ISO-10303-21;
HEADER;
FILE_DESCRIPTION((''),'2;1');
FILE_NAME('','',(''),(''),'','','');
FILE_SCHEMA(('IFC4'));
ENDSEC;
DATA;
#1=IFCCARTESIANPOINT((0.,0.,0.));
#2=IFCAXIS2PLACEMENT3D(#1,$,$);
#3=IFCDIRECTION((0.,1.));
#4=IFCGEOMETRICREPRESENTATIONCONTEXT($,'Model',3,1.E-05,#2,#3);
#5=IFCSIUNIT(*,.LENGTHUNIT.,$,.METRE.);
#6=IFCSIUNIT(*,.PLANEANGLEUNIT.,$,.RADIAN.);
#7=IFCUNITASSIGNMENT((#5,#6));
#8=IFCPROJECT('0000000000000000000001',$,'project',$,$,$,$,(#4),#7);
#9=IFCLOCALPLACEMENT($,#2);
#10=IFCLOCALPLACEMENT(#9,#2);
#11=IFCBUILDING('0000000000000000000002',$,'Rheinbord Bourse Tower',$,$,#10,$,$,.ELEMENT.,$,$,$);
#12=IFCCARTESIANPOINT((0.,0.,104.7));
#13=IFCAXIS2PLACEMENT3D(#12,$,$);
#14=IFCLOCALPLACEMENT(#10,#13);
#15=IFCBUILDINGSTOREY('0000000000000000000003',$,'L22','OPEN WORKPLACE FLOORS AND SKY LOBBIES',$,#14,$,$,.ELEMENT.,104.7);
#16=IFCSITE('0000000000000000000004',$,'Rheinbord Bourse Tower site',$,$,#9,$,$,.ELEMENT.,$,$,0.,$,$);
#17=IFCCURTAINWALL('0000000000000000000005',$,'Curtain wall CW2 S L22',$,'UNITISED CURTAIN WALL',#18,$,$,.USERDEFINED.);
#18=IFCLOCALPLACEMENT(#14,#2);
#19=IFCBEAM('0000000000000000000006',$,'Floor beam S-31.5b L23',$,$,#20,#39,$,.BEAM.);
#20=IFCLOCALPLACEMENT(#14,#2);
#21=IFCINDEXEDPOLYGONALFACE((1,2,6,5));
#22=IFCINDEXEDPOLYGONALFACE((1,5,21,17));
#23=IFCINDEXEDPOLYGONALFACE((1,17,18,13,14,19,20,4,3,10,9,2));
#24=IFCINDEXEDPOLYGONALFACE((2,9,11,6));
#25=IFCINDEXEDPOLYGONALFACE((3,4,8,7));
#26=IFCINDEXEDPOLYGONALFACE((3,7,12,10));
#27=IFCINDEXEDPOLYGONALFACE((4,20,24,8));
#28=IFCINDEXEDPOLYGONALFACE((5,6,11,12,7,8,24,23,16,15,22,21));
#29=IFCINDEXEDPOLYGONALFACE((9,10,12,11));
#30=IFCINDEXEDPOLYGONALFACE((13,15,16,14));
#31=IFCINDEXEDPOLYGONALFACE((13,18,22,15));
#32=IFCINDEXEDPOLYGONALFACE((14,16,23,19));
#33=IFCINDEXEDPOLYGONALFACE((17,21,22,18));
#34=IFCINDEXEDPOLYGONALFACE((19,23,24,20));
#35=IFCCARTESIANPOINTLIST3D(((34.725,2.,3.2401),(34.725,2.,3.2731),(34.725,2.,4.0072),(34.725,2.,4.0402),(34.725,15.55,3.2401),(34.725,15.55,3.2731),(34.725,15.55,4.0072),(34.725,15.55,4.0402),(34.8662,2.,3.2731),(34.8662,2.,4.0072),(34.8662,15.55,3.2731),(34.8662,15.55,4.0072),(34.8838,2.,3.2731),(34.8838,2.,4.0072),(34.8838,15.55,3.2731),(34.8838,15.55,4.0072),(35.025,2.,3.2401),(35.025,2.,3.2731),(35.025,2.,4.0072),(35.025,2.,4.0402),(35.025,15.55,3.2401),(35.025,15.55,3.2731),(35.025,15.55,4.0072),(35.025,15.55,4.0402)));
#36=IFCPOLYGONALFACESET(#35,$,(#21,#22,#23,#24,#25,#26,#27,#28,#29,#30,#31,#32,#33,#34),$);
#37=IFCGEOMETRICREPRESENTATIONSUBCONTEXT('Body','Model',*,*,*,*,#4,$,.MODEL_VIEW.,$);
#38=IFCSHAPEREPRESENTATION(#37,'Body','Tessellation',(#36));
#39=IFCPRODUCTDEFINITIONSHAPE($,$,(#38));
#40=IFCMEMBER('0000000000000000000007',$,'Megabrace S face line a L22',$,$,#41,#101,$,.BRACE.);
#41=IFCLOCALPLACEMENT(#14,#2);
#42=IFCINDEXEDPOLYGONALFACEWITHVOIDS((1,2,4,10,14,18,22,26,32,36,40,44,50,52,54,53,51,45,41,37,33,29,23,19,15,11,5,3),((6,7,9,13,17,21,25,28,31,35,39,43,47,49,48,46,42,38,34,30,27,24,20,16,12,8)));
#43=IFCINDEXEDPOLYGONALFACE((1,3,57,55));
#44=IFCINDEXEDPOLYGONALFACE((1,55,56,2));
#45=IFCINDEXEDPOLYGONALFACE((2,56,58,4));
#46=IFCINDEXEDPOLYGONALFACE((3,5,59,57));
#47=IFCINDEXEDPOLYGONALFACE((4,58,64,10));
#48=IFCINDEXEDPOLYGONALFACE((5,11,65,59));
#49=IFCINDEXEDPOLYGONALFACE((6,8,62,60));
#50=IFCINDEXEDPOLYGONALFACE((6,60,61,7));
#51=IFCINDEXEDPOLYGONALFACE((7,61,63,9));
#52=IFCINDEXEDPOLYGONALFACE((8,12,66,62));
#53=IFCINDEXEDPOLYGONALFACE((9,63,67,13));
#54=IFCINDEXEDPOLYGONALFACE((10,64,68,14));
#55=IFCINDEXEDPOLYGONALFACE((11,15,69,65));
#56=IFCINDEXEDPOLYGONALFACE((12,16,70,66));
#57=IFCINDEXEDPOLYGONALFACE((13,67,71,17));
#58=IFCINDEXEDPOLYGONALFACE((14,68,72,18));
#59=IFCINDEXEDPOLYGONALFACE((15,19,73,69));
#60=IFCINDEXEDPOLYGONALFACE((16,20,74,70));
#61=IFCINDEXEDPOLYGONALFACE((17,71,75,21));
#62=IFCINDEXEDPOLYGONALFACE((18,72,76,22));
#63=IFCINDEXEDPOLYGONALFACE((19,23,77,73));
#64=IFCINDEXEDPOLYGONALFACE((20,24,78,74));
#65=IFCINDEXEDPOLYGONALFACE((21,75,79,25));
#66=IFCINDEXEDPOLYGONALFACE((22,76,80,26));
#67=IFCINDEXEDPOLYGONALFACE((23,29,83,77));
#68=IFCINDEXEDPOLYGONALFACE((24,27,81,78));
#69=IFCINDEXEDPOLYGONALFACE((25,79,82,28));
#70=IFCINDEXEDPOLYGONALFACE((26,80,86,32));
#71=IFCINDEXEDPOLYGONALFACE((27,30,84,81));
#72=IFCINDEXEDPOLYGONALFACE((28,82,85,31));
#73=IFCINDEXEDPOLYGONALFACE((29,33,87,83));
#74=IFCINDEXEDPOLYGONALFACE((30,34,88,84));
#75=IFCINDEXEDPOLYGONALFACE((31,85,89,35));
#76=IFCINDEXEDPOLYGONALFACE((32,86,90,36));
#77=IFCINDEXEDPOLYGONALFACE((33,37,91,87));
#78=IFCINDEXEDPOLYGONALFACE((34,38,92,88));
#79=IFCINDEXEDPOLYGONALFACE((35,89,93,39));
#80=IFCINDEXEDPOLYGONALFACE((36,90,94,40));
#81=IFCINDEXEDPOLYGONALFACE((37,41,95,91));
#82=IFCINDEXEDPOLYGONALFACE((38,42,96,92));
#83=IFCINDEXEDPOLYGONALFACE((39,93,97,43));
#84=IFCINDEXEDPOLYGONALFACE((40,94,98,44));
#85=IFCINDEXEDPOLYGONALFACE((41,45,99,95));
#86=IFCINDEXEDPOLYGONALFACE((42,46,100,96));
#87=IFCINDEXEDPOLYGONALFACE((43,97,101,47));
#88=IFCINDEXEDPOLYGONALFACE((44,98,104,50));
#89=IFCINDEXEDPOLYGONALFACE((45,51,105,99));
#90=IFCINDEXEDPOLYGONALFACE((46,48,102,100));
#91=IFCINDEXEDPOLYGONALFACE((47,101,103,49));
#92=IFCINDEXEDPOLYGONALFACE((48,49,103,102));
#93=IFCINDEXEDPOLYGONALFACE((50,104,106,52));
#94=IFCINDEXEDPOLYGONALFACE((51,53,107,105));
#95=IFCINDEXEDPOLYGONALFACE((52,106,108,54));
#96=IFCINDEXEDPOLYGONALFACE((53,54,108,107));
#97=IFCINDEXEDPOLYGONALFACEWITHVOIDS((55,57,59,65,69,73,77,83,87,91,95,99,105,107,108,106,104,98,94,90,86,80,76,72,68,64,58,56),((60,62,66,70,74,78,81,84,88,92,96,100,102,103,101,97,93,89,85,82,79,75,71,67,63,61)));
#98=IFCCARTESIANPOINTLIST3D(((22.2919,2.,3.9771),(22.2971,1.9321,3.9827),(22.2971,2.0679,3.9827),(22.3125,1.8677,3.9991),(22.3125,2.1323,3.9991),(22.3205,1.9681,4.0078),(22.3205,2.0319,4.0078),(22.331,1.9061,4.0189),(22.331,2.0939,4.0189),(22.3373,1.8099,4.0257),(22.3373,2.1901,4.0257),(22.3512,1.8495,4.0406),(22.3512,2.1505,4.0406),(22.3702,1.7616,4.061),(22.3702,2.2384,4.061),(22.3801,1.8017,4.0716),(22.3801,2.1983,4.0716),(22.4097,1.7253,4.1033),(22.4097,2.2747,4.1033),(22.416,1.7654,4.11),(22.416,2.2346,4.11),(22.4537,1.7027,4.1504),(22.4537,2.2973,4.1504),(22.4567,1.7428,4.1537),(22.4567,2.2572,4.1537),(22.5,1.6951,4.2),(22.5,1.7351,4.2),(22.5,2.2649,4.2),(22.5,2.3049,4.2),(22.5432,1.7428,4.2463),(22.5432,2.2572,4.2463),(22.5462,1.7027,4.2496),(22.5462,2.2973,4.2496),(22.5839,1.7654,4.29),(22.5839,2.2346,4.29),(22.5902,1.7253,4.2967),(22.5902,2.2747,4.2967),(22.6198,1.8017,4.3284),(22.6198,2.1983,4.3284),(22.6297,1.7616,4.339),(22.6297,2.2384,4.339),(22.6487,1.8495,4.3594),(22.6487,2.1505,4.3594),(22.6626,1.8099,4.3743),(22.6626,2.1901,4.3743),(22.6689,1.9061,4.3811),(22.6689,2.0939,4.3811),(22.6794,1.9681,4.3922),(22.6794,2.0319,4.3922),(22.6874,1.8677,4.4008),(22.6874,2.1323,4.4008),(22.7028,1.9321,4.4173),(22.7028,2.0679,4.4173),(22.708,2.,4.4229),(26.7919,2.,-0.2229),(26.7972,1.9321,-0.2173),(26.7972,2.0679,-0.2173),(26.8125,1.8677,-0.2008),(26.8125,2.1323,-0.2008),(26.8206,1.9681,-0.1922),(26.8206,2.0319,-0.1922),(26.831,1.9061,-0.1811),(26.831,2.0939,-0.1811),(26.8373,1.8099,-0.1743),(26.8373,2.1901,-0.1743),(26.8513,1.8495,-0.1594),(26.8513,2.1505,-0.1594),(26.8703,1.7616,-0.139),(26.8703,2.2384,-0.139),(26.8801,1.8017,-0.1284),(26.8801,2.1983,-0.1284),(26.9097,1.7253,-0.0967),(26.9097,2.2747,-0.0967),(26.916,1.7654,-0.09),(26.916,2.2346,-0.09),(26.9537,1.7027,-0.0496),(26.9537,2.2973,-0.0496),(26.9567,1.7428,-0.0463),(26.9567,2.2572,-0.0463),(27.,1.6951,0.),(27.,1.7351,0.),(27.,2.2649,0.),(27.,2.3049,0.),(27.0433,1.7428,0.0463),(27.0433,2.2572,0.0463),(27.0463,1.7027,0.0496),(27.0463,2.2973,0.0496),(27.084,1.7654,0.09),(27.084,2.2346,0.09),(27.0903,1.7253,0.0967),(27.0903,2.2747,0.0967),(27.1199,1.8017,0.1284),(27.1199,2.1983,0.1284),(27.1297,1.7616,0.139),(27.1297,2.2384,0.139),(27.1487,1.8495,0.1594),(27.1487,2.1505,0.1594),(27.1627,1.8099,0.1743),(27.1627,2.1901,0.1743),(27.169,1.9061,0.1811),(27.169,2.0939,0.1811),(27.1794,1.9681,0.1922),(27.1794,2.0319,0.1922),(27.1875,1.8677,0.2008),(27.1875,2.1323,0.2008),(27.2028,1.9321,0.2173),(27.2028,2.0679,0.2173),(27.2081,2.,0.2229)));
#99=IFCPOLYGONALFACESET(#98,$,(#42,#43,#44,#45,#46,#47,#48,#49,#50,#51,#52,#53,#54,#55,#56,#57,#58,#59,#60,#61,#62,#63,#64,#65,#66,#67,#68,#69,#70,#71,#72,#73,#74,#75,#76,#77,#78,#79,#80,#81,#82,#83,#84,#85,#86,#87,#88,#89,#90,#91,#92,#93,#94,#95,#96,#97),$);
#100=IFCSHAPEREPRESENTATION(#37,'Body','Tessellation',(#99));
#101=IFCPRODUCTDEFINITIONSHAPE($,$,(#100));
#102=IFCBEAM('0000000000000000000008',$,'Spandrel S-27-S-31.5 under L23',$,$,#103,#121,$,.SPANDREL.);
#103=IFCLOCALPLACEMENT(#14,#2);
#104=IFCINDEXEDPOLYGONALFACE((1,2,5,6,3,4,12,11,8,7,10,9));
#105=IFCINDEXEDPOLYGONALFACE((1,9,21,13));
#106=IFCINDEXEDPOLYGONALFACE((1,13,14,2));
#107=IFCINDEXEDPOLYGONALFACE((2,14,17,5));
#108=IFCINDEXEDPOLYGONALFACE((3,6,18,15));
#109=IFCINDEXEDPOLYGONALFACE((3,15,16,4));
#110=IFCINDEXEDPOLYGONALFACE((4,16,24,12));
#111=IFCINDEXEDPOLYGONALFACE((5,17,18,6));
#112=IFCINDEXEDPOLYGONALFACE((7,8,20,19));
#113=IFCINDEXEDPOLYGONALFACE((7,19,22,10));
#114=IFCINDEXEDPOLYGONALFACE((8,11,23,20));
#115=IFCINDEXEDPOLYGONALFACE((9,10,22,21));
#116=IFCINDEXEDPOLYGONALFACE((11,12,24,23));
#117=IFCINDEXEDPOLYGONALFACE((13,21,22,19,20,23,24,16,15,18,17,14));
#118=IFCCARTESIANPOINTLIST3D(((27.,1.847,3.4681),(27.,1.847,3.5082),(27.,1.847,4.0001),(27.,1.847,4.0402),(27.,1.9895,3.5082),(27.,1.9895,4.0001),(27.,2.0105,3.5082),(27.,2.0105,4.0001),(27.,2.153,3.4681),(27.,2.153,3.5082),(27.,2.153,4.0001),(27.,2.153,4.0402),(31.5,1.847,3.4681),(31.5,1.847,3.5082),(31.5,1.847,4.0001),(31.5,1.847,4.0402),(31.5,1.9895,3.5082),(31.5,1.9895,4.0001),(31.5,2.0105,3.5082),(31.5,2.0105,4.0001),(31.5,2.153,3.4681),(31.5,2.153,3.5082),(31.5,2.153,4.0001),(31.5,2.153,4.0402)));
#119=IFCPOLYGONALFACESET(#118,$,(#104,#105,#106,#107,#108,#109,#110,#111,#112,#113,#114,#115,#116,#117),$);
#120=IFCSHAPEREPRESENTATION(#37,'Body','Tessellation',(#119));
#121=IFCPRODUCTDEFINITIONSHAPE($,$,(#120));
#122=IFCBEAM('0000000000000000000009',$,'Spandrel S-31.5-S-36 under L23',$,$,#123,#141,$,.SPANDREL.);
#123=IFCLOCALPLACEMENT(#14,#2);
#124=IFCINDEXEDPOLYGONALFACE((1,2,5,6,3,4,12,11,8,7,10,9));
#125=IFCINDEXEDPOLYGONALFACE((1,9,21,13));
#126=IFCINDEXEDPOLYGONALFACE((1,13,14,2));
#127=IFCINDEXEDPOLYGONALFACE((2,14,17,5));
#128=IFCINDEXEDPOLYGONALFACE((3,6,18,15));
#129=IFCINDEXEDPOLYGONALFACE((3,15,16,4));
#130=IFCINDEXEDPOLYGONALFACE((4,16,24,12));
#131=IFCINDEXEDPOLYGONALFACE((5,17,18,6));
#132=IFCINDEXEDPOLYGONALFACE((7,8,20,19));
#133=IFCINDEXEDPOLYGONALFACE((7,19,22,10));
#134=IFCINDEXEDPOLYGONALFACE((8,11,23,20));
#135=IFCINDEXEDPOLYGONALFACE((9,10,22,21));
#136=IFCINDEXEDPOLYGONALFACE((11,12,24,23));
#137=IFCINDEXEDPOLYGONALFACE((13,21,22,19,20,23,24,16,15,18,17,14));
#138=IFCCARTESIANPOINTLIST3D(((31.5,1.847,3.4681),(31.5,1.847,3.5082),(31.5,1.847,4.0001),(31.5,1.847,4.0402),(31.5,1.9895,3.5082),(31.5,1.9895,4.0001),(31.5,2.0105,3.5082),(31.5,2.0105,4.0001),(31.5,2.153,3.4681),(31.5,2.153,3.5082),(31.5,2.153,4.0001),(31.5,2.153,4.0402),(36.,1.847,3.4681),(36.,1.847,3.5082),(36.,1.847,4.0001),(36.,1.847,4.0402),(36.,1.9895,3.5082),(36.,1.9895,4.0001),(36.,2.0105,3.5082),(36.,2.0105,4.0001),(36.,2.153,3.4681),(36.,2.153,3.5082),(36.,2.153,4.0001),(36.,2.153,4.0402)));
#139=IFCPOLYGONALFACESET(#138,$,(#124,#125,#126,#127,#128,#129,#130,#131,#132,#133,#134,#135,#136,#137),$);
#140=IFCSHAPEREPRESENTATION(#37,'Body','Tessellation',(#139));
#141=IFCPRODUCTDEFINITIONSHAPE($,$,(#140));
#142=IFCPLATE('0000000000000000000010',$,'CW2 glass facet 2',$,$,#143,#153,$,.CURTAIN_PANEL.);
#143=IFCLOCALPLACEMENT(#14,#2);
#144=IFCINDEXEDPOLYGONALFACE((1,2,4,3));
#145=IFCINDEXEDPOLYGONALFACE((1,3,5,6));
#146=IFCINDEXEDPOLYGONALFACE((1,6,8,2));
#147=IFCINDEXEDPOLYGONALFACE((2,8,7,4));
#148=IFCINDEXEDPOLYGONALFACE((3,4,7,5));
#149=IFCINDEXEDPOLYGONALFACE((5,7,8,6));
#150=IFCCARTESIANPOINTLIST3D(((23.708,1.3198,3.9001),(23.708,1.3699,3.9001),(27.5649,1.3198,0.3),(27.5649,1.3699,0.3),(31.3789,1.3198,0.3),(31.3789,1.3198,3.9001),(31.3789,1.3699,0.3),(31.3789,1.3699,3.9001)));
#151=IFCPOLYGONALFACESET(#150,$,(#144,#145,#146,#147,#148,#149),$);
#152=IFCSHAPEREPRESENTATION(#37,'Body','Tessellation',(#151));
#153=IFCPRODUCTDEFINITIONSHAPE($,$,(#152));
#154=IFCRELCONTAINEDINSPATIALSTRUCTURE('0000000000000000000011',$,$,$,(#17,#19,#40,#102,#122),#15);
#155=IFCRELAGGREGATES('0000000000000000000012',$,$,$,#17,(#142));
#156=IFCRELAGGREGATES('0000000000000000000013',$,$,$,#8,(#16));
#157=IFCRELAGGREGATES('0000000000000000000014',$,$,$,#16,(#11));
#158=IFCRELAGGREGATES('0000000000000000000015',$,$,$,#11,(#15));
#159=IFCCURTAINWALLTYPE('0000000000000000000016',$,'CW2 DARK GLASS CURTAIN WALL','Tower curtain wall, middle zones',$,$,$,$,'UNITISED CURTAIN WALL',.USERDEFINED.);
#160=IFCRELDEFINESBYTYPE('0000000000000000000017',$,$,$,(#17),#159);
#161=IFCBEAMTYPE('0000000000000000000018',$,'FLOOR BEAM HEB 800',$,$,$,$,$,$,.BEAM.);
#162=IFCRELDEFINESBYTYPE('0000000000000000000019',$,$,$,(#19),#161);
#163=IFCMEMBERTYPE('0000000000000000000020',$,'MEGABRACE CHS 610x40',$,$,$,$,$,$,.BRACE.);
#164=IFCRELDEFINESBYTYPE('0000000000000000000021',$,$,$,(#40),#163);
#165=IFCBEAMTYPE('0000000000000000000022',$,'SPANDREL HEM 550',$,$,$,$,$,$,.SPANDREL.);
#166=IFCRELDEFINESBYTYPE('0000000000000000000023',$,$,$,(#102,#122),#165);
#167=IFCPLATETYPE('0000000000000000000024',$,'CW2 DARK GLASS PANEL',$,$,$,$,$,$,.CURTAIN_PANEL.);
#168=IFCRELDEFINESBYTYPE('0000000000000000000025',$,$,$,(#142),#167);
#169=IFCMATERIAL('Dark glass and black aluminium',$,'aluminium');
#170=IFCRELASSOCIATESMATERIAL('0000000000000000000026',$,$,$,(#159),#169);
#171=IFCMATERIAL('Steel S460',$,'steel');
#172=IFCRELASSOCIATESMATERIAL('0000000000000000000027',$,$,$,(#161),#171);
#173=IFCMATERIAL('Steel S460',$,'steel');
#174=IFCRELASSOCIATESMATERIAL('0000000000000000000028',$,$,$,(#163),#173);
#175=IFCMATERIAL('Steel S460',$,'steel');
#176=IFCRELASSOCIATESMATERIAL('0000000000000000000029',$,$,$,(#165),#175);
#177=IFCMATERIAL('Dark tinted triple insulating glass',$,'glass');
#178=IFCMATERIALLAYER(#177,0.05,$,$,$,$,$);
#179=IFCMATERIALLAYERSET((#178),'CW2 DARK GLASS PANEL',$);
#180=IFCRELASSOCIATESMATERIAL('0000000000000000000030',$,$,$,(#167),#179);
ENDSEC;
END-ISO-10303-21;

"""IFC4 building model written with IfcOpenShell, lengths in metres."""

from ifc_helpers import new_model, si_unit, direction, frame, origin, origin_2d, place, context, subcontext, project, spatial, polyline, hollow_circle, i_section, outline, extrude, material, layer, layer_set, material_profile, profile_set, type_object, element, aggregate, save


model = new_model("IFC4")

# Units and contexts
model_context = context("Model", 3, precision=1e-05, world=origin(), true_north=direction((0.0, 1.0)))
body_context = subcontext(model_context, "Body", "Model", "MODEL_VIEW")
ifc_project = project(units=[si_unit("LENGTHUNIT", "METRE"), si_unit("PLANEANGLEUNIT", "RADIAN")], contexts=[model_context])

# Site, building, storey
site_placement = place(None, origin())
site = spatial("IfcSite", under=ifc_project, at=site_placement, Name="Rheinbord Bourse Tower site", CompositionType="ELEMENT", RefElevation=0.0)
building_placement = place(site_placement, origin())
building = spatial("IfcBuilding", under=site, at=building_placement, Name="Rheinbord Bourse Tower", CompositionType="ELEMENT")
storey_placement = place(building_placement, frame((0.0, 0.0, 104.7)))
storey = spatial("IfcBuildingStorey", under=building, at=storey_placement, Name="L22", Description="OPEN WORKPLACE FLOORS AND SKY LOBBIES", CompositionType="ELEMENT", Elevation=104.7)

# Curtain wall
ifc_material_1 = material(Name="Dark glass and black aluminium", Category="aluminium")
curtain_wall_type = type_object("IfcCurtainWallType", Name="CW2 DARK GLASS CURTAIN WALL", Description="Tower curtain wall, middle zones", ElementType="UNITISED CURTAIN WALL", PredefinedType="USERDEFINED", material=ifc_material_1)
curtain_wall_placement = place(storey_placement, origin())
curtain_wall = element("IfcCurtainWall", 1, at=curtain_wall_placement, inside=storey, type_object=curtain_wall_type, Name="Curtain wall CW2 S L22", ObjectType="UNITISED CURTAIN WALL", PredefinedType="USERDEFINED")

# Beam
ifc_material_2 = material(Name="Steel S460", Category="steel")
ifc_material_profile_1 = material_profile(ifc_material_2, i_section(OverallWidth=0.3, OverallDepth=0.8, WebThickness=0.0176, FlangeThickness=0.033, at=origin_2d()), Name="HEB 800")
ifc_profile_set_1 = profile_set([ifc_material_profile_1], Name="Steel S460")
beam_type_1 = type_object("IfcBeamType", Name="FLOOR BEAM HEB 800", PredefinedType="BEAM", material=ifc_profile_set_1)
for number, where, z_axis, x_axis, name in (
    (2, (34.875, 2.0, 3.6401), (0.0, 1.0, 0.0), (-1.0, 0.0, 0.0), "Floor beam S-31.5b L23"),
):
    element("IfcBeam", number, at=place(storey_placement, frame(where, z_axis=z_axis, x_axis=x_axis)), inside=storey, type_object=beam_type_1, Name=name, PredefinedType="BEAM", context=body_context, shape_type="SweptSolid", body=[
        extrude(i_section(OverallWidth=0.3, OverallDepth=0.8, WebThickness=0.0176, FlangeThickness=0.033, at=origin_2d()), origin(), (0.0, 0.0, 1.0), 13.55),
    ])

# Member
ifc_material_3 = material(Name="Steel S460", Category="steel")
ifc_material_profile_2 = material_profile(ifc_material_3, hollow_circle(Radius=0.3049, WallThickness=0.04, at=origin_2d()), Name="CHS 610x40")
ifc_profile_set_2 = profile_set([ifc_material_profile_2], Name="Steel S460")
member_type_1 = type_object("IfcMemberType", Name="MEGABRACE CHS 610x40", PredefinedType="BRACE", material=ifc_profile_set_2)
member_1_placement = place(storey_placement, frame((27.0, 2.0, 0.0), z_axis=(-0.731059, 0.0, 0.682314), x_axis=(0.0, -1.0, 0.0)))
element("IfcMember", 3, at=member_1_placement, inside=storey, type_object=member_type_1, Name="Megabrace S face line a L22", PredefinedType="BRACE", context=body_context, shape_type="SweptSolid", body=[
    extrude(hollow_circle(Radius=0.3049, WallThickness=0.04, at=origin_2d()), origin(), (0.0, 0.0, 1.0), 6.1555),
])

# Beams
ifc_material_4 = material(Name="Steel S460", Category="steel")
ifc_material_profile_3 = material_profile(ifc_material_4, i_section(OverallWidth=0.3059, OverallDepth=0.572, WebThickness=0.021, FlangeThickness=0.04, at=origin_2d()), Name="HEM 550")
ifc_profile_set_3 = profile_set([ifc_material_profile_3], Name="Steel S460")
beam_type_2 = type_object("IfcBeamType", Name="SPANDREL HEM 550", PredefinedType="SPANDREL", material=ifc_profile_set_3)
for number, where, z_axis, x_axis, name in (
    (4, (27.0, 2.0, 3.7542), (1.0, 0.0, 0.0), (0.0, 1.0, 0.0), "Spandrel S-27-S-31.5 under L23"),
    (5, (31.5, 2.0, 3.7542), (1.0, 0.0, 0.0), (0.0, 1.0, 0.0), "Spandrel S-31.5-S-36 under L23"),
):
    element("IfcBeam", number, at=place(storey_placement, frame(where, z_axis=z_axis, x_axis=x_axis)), inside=storey, type_object=beam_type_2, Name=name, PredefinedType="SPANDREL", context=body_context, shape_type="SweptSolid", body=[
        extrude(i_section(OverallWidth=0.3059, OverallDepth=0.572, WebThickness=0.021, FlangeThickness=0.04, at=origin_2d()), origin(), (0.0, 0.0, 1.0), 4.5),
    ])

# Plate
ifc_material_5 = material(Name="Dark tinted triple insulating glass", Category="glass")
ifc_layer = layer(ifc_material_5, 0.05)
ifc_layer_set = layer_set([ifc_layer], Name="CW2 DARK GLASS PANEL")
plate_type = type_object("IfcPlateType", Name="CW2 DARK GLASS PANEL", PredefinedType="CURTAIN_PANEL", material=ifc_layer_set)
plate_placement = place(storey_placement, frame((31.3789, 1.3198, 3.9001), z_axis=(0.0, 1.0, 0.0), x_axis=(0.0, 0.0, -1.0)))
plate = element("IfcPlate", 6, at=plate_placement, type_object=plate_type, Name="CW2 glass facet 2", PredefinedType="CURTAIN_PANEL", context=body_context, shape_type="SweptSolid", body=[
    extrude(outline(polyline([(0.0, 0.0), (3.6001, 0.0), (3.6001, 3.814), (0.0, 7.6709), (0.0, 0.0)])), origin(), (0.0, 0.0, 1.0), 0.05),
])
aggregate(curtain_wall, [plate])

save(model, "model.ifc")
